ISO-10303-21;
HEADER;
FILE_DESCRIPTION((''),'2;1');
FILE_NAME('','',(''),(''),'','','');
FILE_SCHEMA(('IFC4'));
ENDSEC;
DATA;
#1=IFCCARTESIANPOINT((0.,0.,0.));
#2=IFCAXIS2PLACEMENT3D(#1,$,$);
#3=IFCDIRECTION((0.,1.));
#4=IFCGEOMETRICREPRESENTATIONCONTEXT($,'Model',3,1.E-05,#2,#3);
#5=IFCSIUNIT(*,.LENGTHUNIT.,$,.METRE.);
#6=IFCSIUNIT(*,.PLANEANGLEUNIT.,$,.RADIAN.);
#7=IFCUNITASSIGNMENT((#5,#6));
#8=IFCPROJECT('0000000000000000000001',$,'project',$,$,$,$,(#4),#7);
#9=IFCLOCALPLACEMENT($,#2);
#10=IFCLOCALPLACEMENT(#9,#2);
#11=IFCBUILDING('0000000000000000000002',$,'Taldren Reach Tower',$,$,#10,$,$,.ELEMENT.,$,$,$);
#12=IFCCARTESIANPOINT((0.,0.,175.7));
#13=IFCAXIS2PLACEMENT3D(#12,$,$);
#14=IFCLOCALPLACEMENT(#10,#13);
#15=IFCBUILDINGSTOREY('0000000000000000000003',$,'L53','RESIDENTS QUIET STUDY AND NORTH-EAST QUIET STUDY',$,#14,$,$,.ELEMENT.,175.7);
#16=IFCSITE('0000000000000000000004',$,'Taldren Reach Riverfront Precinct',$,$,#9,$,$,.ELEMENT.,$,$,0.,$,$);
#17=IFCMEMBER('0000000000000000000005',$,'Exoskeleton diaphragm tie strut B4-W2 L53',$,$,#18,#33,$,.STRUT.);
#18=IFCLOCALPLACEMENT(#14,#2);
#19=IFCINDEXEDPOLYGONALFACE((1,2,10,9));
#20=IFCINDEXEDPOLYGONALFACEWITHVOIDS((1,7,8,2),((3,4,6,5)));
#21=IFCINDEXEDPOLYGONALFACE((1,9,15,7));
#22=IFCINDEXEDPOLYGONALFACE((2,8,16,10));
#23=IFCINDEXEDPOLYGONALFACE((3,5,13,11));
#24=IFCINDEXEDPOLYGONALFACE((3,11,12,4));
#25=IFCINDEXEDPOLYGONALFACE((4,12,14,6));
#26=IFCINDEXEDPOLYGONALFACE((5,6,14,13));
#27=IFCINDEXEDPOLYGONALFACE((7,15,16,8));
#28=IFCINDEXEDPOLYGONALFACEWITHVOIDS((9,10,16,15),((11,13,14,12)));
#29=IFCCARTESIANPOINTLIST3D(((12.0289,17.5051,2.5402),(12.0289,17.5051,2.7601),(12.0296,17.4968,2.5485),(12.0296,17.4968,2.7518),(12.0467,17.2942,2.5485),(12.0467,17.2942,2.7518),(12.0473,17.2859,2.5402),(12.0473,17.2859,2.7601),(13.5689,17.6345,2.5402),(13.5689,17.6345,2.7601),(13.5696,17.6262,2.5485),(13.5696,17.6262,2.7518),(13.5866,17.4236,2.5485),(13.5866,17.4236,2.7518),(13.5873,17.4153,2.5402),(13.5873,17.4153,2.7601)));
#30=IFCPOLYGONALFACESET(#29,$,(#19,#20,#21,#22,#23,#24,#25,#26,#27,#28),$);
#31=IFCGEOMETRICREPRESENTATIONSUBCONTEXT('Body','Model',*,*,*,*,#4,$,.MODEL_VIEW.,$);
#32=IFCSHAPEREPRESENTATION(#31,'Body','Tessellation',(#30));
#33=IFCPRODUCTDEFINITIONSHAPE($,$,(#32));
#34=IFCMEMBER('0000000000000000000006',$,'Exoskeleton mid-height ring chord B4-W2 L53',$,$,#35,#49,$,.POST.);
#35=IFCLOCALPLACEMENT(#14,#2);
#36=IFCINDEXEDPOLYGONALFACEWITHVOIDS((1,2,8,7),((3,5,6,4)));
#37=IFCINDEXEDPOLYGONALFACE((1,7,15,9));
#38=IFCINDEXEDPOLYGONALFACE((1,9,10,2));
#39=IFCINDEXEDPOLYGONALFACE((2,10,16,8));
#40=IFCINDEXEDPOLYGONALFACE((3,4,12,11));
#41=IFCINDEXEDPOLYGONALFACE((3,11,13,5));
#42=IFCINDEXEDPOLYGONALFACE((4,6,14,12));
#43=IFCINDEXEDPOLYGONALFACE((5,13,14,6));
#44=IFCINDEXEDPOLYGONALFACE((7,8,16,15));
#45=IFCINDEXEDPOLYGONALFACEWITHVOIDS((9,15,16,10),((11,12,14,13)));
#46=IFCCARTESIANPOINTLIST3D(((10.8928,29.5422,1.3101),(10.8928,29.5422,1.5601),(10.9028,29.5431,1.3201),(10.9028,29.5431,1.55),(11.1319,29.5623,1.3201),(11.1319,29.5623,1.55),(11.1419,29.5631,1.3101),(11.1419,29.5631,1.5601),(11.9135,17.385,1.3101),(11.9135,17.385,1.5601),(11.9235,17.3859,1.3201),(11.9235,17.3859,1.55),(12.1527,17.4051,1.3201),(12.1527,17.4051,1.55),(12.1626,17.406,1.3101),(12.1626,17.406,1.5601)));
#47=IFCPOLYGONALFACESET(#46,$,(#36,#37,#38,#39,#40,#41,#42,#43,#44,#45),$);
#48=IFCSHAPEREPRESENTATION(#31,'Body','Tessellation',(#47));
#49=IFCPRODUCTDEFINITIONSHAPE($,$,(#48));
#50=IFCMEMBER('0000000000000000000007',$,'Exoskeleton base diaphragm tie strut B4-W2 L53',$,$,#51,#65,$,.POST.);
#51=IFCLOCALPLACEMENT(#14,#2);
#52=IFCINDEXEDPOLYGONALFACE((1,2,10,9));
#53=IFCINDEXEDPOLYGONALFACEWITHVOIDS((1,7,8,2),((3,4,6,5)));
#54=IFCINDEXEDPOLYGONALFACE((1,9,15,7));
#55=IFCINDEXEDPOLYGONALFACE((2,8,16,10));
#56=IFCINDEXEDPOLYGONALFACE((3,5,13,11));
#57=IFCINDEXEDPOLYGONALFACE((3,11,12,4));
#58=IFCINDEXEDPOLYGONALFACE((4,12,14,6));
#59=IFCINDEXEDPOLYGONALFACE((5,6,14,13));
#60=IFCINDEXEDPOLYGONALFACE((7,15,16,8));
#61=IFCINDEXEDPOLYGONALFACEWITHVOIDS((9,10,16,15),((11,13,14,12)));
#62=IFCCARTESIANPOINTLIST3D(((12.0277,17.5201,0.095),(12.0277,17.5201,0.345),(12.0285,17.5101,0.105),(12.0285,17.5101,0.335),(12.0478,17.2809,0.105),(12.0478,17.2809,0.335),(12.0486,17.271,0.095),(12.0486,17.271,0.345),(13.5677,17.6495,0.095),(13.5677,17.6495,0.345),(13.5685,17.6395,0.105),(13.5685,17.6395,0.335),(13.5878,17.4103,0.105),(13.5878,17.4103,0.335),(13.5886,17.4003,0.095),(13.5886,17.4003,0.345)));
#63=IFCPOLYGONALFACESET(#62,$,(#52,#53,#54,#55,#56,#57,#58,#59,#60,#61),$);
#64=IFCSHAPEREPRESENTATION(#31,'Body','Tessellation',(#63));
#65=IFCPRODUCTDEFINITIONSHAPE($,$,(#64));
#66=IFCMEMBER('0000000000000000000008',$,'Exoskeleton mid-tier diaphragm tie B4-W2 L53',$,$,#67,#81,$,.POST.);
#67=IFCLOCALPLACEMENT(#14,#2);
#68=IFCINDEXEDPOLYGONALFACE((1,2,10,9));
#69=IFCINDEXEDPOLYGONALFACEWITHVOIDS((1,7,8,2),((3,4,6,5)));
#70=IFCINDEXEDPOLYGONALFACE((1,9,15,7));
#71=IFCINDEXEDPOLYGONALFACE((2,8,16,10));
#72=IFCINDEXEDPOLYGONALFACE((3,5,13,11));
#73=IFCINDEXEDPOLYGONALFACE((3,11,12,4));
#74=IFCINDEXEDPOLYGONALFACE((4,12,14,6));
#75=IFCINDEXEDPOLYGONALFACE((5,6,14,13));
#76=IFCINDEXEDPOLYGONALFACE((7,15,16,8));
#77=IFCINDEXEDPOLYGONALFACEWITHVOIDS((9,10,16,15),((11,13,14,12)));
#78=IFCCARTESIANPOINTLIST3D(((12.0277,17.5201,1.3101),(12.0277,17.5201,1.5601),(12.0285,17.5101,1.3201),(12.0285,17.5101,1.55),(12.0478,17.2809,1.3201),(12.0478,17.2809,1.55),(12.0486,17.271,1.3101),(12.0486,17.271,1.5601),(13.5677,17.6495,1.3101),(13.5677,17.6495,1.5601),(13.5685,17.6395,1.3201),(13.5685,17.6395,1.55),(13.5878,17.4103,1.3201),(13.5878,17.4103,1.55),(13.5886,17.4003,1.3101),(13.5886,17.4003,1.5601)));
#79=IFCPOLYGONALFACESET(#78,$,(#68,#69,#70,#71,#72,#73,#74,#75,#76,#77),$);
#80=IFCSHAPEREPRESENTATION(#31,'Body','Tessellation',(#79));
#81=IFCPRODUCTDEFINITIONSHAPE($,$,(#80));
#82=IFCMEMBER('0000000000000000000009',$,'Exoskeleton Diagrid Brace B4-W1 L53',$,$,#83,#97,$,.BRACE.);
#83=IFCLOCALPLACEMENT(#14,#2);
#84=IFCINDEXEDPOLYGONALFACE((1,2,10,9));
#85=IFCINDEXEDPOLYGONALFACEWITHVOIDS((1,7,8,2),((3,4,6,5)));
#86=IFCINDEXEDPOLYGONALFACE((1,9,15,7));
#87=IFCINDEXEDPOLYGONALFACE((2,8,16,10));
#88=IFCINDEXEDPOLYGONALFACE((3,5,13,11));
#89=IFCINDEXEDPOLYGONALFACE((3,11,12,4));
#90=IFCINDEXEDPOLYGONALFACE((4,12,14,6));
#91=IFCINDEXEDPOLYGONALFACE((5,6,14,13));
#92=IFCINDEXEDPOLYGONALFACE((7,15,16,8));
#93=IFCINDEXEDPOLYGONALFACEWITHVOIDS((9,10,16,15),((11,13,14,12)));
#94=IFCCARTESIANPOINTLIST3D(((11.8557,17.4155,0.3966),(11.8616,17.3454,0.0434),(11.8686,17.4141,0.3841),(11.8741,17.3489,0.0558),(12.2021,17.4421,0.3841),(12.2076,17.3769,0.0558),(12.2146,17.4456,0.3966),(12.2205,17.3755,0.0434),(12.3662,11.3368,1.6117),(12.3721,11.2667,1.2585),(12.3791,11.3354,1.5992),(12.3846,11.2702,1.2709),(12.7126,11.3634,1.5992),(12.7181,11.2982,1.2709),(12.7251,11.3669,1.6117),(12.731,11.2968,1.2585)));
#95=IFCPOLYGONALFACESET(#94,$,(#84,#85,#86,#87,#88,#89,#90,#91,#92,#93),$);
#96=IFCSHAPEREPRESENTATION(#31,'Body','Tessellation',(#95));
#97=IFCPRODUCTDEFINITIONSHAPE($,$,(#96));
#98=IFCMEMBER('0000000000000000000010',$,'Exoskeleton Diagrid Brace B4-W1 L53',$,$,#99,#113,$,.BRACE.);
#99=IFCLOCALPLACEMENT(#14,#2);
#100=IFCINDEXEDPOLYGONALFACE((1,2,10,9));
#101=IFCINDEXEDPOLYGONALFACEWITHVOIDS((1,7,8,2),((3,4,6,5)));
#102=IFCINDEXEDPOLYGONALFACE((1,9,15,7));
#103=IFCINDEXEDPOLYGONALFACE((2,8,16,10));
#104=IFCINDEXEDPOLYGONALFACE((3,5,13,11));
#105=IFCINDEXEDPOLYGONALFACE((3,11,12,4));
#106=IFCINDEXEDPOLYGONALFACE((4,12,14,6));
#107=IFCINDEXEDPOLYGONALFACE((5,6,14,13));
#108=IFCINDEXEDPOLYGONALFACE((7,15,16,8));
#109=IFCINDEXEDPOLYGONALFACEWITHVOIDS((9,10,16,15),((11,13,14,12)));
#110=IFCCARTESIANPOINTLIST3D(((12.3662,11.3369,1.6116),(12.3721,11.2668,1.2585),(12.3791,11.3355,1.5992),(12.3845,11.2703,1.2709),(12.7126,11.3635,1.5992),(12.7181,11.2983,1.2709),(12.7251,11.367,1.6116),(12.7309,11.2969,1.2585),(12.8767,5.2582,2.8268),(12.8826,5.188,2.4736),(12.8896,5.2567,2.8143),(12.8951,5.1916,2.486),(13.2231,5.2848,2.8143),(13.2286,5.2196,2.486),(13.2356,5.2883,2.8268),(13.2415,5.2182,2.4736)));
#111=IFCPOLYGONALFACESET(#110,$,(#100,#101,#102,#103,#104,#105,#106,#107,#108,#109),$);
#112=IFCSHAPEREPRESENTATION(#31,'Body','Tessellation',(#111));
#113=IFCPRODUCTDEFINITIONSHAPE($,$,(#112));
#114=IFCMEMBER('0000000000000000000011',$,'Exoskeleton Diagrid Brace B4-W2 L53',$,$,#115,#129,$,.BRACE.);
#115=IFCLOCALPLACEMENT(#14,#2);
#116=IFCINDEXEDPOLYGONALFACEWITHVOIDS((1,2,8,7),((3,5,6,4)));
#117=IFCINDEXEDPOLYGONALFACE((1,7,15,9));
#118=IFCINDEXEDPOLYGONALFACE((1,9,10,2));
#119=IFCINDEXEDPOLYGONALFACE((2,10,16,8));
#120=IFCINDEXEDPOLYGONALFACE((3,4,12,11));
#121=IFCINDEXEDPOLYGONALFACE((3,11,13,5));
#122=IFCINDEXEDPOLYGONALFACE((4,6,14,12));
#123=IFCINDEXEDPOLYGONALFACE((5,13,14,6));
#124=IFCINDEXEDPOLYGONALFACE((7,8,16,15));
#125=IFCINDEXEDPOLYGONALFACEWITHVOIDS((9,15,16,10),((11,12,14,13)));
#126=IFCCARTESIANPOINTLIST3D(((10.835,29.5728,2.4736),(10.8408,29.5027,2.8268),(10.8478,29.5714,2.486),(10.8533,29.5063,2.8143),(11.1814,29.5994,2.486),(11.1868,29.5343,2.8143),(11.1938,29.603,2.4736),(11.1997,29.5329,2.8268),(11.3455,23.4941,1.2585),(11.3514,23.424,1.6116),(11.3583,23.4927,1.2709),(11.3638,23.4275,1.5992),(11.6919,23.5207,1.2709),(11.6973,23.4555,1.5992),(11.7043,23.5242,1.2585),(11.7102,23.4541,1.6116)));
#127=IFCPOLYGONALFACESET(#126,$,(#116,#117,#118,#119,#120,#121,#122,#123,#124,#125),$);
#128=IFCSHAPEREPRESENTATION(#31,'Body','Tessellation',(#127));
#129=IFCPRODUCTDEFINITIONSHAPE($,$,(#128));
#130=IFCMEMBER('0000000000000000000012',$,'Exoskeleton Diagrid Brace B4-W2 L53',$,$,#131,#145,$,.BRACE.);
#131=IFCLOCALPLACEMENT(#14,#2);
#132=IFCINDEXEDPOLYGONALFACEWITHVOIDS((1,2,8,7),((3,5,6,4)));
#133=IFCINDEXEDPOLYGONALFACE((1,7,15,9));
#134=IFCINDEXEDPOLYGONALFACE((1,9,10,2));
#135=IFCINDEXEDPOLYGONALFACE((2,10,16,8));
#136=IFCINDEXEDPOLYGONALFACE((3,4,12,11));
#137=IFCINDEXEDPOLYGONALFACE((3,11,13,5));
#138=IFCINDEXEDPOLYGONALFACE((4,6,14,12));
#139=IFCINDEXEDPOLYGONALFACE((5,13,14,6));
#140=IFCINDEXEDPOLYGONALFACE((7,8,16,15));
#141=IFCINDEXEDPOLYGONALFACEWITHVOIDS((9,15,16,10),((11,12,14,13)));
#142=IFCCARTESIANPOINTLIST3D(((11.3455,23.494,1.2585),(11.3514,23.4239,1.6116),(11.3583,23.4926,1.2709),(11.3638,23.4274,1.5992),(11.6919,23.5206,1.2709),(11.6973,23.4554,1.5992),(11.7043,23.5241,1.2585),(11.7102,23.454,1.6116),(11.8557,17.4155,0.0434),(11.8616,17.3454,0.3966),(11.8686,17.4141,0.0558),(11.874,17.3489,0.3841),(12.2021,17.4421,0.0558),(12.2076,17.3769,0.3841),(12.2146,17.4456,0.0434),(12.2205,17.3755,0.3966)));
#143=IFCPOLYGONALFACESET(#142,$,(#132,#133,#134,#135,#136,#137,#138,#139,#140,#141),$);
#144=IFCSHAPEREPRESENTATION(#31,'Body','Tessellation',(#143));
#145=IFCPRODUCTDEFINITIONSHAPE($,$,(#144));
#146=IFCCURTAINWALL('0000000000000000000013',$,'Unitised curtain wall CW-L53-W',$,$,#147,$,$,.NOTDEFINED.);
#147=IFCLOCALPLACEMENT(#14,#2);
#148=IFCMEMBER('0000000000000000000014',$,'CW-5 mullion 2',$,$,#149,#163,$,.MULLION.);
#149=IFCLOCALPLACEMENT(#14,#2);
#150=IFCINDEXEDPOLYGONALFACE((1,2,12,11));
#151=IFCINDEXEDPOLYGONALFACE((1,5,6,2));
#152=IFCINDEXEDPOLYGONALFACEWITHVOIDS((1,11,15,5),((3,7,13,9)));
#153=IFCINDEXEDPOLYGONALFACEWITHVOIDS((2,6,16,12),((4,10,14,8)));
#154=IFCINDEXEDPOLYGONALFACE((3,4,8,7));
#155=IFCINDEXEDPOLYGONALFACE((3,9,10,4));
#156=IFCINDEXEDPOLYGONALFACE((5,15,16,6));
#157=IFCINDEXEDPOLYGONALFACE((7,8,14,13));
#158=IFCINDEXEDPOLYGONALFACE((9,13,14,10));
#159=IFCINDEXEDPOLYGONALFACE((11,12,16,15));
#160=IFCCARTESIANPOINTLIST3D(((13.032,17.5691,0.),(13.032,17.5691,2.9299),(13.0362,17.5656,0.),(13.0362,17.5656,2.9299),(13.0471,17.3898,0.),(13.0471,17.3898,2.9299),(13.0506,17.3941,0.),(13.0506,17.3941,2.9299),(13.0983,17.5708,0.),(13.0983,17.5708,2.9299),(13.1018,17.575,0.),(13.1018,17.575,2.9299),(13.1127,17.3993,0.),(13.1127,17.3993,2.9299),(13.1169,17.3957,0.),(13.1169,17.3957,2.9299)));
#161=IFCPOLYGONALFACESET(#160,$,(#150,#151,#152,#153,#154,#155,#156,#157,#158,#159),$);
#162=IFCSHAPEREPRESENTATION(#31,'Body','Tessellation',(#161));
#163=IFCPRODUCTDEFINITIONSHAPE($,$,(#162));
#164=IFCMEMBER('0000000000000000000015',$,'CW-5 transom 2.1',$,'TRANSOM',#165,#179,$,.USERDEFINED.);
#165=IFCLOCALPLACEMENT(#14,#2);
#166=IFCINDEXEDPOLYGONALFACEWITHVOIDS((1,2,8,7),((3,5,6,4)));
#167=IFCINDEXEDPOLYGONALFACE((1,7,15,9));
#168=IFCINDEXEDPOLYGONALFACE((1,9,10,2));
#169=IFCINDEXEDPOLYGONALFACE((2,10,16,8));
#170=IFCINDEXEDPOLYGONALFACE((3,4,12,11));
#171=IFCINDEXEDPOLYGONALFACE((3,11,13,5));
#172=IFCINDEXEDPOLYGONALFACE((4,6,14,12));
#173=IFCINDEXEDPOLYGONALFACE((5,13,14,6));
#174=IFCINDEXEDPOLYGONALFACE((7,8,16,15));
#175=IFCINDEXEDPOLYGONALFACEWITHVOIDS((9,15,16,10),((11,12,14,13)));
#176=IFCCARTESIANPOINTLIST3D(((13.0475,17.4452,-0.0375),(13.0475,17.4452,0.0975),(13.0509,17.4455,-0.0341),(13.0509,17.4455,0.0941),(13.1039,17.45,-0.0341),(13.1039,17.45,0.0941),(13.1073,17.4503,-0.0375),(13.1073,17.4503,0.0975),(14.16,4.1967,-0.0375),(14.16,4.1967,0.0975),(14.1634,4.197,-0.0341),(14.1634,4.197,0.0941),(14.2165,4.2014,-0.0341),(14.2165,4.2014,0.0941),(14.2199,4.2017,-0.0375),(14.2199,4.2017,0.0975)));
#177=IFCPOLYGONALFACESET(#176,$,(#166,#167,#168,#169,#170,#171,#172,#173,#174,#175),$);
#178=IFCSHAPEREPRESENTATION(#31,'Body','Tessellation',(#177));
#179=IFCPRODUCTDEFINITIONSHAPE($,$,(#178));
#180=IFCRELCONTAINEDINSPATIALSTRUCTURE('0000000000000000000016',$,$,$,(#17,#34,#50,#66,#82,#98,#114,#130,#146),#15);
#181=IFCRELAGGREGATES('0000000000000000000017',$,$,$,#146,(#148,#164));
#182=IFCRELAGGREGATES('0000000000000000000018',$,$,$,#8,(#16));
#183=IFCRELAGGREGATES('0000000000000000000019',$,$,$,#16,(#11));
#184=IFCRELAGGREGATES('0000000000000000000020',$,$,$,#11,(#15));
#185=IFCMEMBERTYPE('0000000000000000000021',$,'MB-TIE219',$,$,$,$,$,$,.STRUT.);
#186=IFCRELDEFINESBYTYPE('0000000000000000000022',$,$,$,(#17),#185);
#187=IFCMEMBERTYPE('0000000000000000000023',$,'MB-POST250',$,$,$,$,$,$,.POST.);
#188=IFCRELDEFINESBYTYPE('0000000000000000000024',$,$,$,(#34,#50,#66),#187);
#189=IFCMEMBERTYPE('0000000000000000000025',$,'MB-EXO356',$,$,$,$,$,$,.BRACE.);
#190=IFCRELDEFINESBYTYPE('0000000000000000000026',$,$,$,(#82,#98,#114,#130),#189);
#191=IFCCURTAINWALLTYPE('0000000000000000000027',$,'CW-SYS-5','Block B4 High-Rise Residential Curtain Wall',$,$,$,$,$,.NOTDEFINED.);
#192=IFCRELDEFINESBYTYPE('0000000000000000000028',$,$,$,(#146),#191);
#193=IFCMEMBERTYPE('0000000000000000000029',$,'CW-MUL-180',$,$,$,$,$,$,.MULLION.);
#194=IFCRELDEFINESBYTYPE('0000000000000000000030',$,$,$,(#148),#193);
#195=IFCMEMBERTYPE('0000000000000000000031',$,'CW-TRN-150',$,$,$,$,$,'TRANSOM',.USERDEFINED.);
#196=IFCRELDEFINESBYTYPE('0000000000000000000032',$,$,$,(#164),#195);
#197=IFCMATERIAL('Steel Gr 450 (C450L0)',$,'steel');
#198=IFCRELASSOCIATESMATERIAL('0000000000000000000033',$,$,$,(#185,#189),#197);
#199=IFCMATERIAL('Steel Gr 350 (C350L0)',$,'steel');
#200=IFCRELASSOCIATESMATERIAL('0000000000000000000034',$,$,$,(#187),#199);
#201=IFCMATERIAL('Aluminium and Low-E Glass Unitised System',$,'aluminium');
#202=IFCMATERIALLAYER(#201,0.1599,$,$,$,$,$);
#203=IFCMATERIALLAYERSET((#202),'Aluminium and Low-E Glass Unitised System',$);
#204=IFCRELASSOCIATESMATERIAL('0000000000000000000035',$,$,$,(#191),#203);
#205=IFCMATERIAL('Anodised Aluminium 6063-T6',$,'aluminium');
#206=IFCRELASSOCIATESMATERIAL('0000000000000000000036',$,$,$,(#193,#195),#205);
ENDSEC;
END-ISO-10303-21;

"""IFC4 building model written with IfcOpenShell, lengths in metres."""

from ifc_helpers import new_model, si_unit, direction, frame, origin, origin_2d, place, context, subcontext, project, spatial, hollow_rectangle, extrude, source, transform, mapped, material, layer, layer_set, material_profile, profile_set, type_object, element, aggregate, save


model = new_model("IFC4")

# Units and contexts
model_context = context("Model", 3, precision=1e-05, world=origin(), true_north=direction((0.0, 1.0)))
body_context = subcontext(model_context, "Body", "Model", "MODEL_VIEW")
ifc_project = project(units=[si_unit("LENGTHUNIT", "METRE"), si_unit("PLANEANGLEUNIT", "RADIAN")], contexts=[model_context])

# Site, building, storey
site_placement = place(None, origin())
site = spatial("IfcSite", under=ifc_project, at=site_placement, Name="Taldren Reach Riverfront Precinct", CompositionType="ELEMENT", RefElevation=0.0)
building_placement = place(site_placement, origin())
building = spatial("IfcBuilding", under=site, at=building_placement, Name="Taldren Reach Tower", CompositionType="ELEMENT")
storey_placement = place(building_placement, frame((0.0, 0.0, 175.7)))
storey = spatial("IfcBuildingStorey", under=building, at=storey_placement, Name="L53", Description="RESIDENTS QUIET STUDY AND NORTH-EAST QUIET STUDY", CompositionType="ELEMENT", Elevation=175.7)

# Members
ifc_material_1 = material(Name="Steel Gr 450 (C450L0)", Category="steel")
ifc_material_profile_1 = material_profile(ifc_material_1, hollow_rectangle(XDim=0.22, YDim=0.22, WallThickness=0.0083, at=origin_2d()), Name="220x220x8.2SHS")
ifc_profile_set_1 = profile_set([ifc_material_profile_1], Name="Steel Gr 450 (C450L0)")
member_type_1 = type_object("IfcMemberType", Name="MB-TIE219", PredefinedType="STRUT", material=ifc_profile_set_1)
shared_shape_1 = source(origin(), body_context, "Body", "SweptSolid", [
    extrude(hollow_rectangle(XDim=0.22, YDim=0.22, WallThickness=0.0083, at=origin_2d()), origin(), (0.0, 0.0, 1.0), 1.5454),
])
member_1_placement = place(storey_placement, frame((13.5781, 17.5249, 2.6501), z_axis=(-0.996489, -0.083725, 0.0), x_axis=(0.083725, -0.996489, 0.0)))
element("IfcMember", 1, at=member_1_placement, inside=storey, type_object=member_type_1, Name="Exoskeleton diaphragm tie strut B4-W2 L53", PredefinedType="STRUT", context=body_context, shape_type="MappedRepresentation", body=[
    mapped(shared_shape_1, transform((0.0, 0.0, 0.0), scale=1.0)),
])
ifc_material_2 = material(Name="Steel Gr 350 (C350L0)", Category="steel")
ifc_material_profile_2 = material_profile(ifc_material_2, hollow_rectangle(XDim=0.25, YDim=0.25, WallThickness=0.01, at=origin_2d()), Name="250x250x10.0SHS")
ifc_profile_set_2 = profile_set([ifc_material_profile_2], Name="Steel Gr 350 (C350L0)")
member_type_2 = type_object("IfcMemberType", Name="MB-POST250", PredefinedType="POST", material=ifc_profile_set_2)
shared_shape_2 = source(origin(), body_context, "Body", "SweptSolid", [
    extrude(hollow_rectangle(XDim=0.25, YDim=0.25, WallThickness=0.01, at=origin_2d()), origin(), (0.0, 0.0, 1.0), 12.2),
])
member_2_placement = place(storey_placement, frame((12.0381, 17.3955, 1.4351), z_axis=(-0.083668, 0.996494, 0.0), x_axis=(-0.996494, -0.083668, 0.0)))
element("IfcMember", 2, at=member_2_placement, inside=storey, type_object=member_type_2, Name="Exoskeleton mid-height ring chord B4-W2 L53", PredefinedType="POST", context=body_context, shape_type="MappedRepresentation", body=[
    mapped(shared_shape_2, transform((0.0, 0.0, 0.0), scale=1.0)),
])
shared_shape_3 = source(origin(), body_context, "Body", "SweptSolid", [
    extrude(hollow_rectangle(XDim=0.25, YDim=0.25, WallThickness=0.01, at=origin_2d()), origin(), (0.0, 0.0, 1.0), 1.5454),
])
for number, where, z_axis, x_axis, name in (
    (3, (13.5781, 17.5249, 0.22), (-0.996489, -0.083725, 0.0), (0.083725, -0.996489, 0.0), "Exoskeleton base diaphragm tie strut B4-W2 L53"),
    (4, (13.5781, 17.5249, 1.4351), (-0.996489, -0.083725, 0.0), (0.083725, -0.996489, 0.0), "Exoskeleton mid-tier diaphragm tie B4-W2 L53"),
):
    element("IfcMember", number, at=place(storey_placement, frame(where, z_axis=z_axis, x_axis=x_axis)), inside=storey, type_object=member_type_2, Name=name, PredefinedType="POST", context=body_context, shape_type="MappedRepresentation", body=[
        mapped(shared_shape_3, transform((0.0, 0.0, 0.0), scale=1.0)),
    ])
ifc_material_profile_3 = material_profile(ifc_material_1, hollow_rectangle(XDim=0.3601, YDim=0.3601, WallThickness=0.0127, at=origin_2d()), Name="360x360x12.7SHS")
ifc_profile_set_3 = profile_set([ifc_material_profile_3], Name="Steel Gr 450 (C450L0)")
member_type_3 = type_object("IfcMemberType", Name="MB-EXO356", PredefinedType="BRACE", material=ifc_profile_set_3)
shared_shape_4 = source(origin(), body_context, "Body", "SweptSolid", [
    extrude(hollow_rectangle(XDim=0.3601, YDim=0.3601, WallThickness=0.0127, at=origin_2d()), origin(), (0.0, 0.0, 1.0), 6.22),
])
for number, where, z_axis, x_axis, name in (
    (5, (12.0381, 17.3955, 0.22), (0.082076, -0.977292, 0.195356), (0.996492, 0.083688, 0.0), "Exoskeleton Diagrid Brace B4-W1 L53"),
    (6, (12.5486, 11.3169, 1.4351), (0.082076, -0.977292, 0.195356), (0.996492, 0.083688, 0.0), "Exoskeleton Diagrid Brace B4-W1 L53"),
    (7, (11.5278, 23.4741, 1.4351), (-0.082076, 0.977292, 0.195356), (-0.996492, -0.083688, 0.0), "Exoskeleton Diagrid Brace B4-W2 L53"),
):
    element("IfcMember", number, at=place(storey_placement, frame(where, z_axis=z_axis, x_axis=x_axis)), inside=storey, type_object=member_type_3, Name=name, PredefinedType="BRACE", context=body_context, shape_type="MappedRepresentation", body=[
        mapped(shared_shape_4, transform((0.0, 0.0, 0.0), scale=1.0)),
    ])
shared_shape_5 = source(origin(), body_context, "Body", "SweptSolid", [
    extrude(hollow_rectangle(XDim=0.3601, YDim=0.3601, WallThickness=0.0127, at=origin_2d()), origin(), (0.0, 0.0, 1.0), 6.2197),
])
member_3_placement = place(storey_placement, frame((12.0381, 17.3955, 0.22), z_axis=(-0.082037, 0.977295, 0.195357), x_axis=(-0.996495, -0.083648, 0.0)))
element("IfcMember", 8, at=member_3_placement, inside=storey, type_object=member_type_3, Name="Exoskeleton Diagrid Brace B4-W2 L53", PredefinedType="BRACE", context=body_context, shape_type="MappedRepresentation", body=[
    mapped(shared_shape_5, transform((0.0, 0.0, 0.0), scale=1.0)),
])

# Curtain wall, members
ifc_material_3 = material(Name="Aluminium and Low-E Glass Unitised System", Category="aluminium")
ifc_layer_1 = layer(ifc_material_3, 0.1599)
ifc_layer_set_1 = layer_set([ifc_layer_1], Name="Aluminium and Low-E Glass Unitised System")
curtain_wall_type = type_object("IfcCurtainWallType", Name="CW-SYS-5", Description="Block B4 High-Rise Residential Curtain Wall", PredefinedType="NOTDEFINED", material=ifc_layer_set_1)
curtain_wall_placement = place(storey_placement, origin())
curtain_wall = element("IfcCurtainWall", 9, at=curtain_wall_placement, inside=storey, type_object=curtain_wall_type, Name="Unitised curtain wall CW-L53-W", PredefinedType="NOTDEFINED")
ifc_material_4 = material(Name="Anodised Aluminium 6063-T6", Category="aluminium")
ifc_material_profile_4 = material_profile(ifc_material_4, hollow_rectangle(XDim=0.0701, YDim=0.1799, WallThickness=0.0039, at=origin_2d()), Name="ALU-180x70x4RHS")
ifc_profile_set_4 = profile_set([ifc_material_profile_4], Name="Anodised Aluminium 6063-T6")
member_type_4 = type_object("IfcMemberType", Name="CW-MUL-180", PredefinedType="MULLION", material=ifc_profile_set_4)
shared_shape_6 = source(origin(), body_context, "Body", "SweptSolid", [
    extrude(hollow_rectangle(XDim=0.0701, YDim=0.1799, WallThickness=0.0039, at=origin_2d()), origin(), (0.0, 0.0, 1.0), 2.9299),
])
member_4_placement = place(storey_placement, frame((13.0745, 17.4824, 0.0), z_axis=(0.0, 0.0, 1.0), x_axis=(0.996493, 0.083678, 0.0)))
member_4 = element("IfcMember", 10, at=member_4_placement, type_object=member_type_4, Name="CW-5 mullion 2", PredefinedType="MULLION", context=body_context, shape_type="MappedRepresentation", body=[
    mapped(shared_shape_6, transform((0.0, 0.0, 0.0), scale=1.0)),
])
ifc_material_profile_5 = material_profile(ifc_material_4, hollow_rectangle(XDim=0.0601, YDim=0.135, WallThickness=0.0034, at=origin_2d()), Name="ALU-135x60x3.5RHS")
ifc_profile_set_5 = profile_set([ifc_material_profile_5], Name="Anodised Aluminium 6063-T6")
member_type_5 = type_object("IfcMemberType", Name="CW-TRN-150", ElementType="TRANSOM", PredefinedType="USERDEFINED", material=ifc_profile_set_5)
shared_shape_7 = source(origin(), body_context, "Body", "SweptSolid", [
    extrude(hollow_rectangle(XDim=0.0601, YDim=0.135, WallThickness=0.0034, at=origin_2d()), origin(), (0.0, 0.0, 1.0), 13.2952),
])
member_5_placement = place(storey_placement, frame((13.0774, 17.4478, 0.03), z_axis=(0.083681, -0.996493, 0.0), x_axis=(0.996493, 0.083681, 0.0)))
member_5 = element("IfcMember", 11, at=member_5_placement, type_object=member_type_5, Name="CW-5 transom 2.1", ObjectType="TRANSOM", PredefinedType="USERDEFINED", context=body_context, shape_type="MappedRepresentation", body=[
    mapped(shared_shape_7, transform((0.0, 0.0, 0.0), scale=1.0)),
])

aggregate(curtain_wall, [member_4, member_5])

save(model, "model.ifc")
